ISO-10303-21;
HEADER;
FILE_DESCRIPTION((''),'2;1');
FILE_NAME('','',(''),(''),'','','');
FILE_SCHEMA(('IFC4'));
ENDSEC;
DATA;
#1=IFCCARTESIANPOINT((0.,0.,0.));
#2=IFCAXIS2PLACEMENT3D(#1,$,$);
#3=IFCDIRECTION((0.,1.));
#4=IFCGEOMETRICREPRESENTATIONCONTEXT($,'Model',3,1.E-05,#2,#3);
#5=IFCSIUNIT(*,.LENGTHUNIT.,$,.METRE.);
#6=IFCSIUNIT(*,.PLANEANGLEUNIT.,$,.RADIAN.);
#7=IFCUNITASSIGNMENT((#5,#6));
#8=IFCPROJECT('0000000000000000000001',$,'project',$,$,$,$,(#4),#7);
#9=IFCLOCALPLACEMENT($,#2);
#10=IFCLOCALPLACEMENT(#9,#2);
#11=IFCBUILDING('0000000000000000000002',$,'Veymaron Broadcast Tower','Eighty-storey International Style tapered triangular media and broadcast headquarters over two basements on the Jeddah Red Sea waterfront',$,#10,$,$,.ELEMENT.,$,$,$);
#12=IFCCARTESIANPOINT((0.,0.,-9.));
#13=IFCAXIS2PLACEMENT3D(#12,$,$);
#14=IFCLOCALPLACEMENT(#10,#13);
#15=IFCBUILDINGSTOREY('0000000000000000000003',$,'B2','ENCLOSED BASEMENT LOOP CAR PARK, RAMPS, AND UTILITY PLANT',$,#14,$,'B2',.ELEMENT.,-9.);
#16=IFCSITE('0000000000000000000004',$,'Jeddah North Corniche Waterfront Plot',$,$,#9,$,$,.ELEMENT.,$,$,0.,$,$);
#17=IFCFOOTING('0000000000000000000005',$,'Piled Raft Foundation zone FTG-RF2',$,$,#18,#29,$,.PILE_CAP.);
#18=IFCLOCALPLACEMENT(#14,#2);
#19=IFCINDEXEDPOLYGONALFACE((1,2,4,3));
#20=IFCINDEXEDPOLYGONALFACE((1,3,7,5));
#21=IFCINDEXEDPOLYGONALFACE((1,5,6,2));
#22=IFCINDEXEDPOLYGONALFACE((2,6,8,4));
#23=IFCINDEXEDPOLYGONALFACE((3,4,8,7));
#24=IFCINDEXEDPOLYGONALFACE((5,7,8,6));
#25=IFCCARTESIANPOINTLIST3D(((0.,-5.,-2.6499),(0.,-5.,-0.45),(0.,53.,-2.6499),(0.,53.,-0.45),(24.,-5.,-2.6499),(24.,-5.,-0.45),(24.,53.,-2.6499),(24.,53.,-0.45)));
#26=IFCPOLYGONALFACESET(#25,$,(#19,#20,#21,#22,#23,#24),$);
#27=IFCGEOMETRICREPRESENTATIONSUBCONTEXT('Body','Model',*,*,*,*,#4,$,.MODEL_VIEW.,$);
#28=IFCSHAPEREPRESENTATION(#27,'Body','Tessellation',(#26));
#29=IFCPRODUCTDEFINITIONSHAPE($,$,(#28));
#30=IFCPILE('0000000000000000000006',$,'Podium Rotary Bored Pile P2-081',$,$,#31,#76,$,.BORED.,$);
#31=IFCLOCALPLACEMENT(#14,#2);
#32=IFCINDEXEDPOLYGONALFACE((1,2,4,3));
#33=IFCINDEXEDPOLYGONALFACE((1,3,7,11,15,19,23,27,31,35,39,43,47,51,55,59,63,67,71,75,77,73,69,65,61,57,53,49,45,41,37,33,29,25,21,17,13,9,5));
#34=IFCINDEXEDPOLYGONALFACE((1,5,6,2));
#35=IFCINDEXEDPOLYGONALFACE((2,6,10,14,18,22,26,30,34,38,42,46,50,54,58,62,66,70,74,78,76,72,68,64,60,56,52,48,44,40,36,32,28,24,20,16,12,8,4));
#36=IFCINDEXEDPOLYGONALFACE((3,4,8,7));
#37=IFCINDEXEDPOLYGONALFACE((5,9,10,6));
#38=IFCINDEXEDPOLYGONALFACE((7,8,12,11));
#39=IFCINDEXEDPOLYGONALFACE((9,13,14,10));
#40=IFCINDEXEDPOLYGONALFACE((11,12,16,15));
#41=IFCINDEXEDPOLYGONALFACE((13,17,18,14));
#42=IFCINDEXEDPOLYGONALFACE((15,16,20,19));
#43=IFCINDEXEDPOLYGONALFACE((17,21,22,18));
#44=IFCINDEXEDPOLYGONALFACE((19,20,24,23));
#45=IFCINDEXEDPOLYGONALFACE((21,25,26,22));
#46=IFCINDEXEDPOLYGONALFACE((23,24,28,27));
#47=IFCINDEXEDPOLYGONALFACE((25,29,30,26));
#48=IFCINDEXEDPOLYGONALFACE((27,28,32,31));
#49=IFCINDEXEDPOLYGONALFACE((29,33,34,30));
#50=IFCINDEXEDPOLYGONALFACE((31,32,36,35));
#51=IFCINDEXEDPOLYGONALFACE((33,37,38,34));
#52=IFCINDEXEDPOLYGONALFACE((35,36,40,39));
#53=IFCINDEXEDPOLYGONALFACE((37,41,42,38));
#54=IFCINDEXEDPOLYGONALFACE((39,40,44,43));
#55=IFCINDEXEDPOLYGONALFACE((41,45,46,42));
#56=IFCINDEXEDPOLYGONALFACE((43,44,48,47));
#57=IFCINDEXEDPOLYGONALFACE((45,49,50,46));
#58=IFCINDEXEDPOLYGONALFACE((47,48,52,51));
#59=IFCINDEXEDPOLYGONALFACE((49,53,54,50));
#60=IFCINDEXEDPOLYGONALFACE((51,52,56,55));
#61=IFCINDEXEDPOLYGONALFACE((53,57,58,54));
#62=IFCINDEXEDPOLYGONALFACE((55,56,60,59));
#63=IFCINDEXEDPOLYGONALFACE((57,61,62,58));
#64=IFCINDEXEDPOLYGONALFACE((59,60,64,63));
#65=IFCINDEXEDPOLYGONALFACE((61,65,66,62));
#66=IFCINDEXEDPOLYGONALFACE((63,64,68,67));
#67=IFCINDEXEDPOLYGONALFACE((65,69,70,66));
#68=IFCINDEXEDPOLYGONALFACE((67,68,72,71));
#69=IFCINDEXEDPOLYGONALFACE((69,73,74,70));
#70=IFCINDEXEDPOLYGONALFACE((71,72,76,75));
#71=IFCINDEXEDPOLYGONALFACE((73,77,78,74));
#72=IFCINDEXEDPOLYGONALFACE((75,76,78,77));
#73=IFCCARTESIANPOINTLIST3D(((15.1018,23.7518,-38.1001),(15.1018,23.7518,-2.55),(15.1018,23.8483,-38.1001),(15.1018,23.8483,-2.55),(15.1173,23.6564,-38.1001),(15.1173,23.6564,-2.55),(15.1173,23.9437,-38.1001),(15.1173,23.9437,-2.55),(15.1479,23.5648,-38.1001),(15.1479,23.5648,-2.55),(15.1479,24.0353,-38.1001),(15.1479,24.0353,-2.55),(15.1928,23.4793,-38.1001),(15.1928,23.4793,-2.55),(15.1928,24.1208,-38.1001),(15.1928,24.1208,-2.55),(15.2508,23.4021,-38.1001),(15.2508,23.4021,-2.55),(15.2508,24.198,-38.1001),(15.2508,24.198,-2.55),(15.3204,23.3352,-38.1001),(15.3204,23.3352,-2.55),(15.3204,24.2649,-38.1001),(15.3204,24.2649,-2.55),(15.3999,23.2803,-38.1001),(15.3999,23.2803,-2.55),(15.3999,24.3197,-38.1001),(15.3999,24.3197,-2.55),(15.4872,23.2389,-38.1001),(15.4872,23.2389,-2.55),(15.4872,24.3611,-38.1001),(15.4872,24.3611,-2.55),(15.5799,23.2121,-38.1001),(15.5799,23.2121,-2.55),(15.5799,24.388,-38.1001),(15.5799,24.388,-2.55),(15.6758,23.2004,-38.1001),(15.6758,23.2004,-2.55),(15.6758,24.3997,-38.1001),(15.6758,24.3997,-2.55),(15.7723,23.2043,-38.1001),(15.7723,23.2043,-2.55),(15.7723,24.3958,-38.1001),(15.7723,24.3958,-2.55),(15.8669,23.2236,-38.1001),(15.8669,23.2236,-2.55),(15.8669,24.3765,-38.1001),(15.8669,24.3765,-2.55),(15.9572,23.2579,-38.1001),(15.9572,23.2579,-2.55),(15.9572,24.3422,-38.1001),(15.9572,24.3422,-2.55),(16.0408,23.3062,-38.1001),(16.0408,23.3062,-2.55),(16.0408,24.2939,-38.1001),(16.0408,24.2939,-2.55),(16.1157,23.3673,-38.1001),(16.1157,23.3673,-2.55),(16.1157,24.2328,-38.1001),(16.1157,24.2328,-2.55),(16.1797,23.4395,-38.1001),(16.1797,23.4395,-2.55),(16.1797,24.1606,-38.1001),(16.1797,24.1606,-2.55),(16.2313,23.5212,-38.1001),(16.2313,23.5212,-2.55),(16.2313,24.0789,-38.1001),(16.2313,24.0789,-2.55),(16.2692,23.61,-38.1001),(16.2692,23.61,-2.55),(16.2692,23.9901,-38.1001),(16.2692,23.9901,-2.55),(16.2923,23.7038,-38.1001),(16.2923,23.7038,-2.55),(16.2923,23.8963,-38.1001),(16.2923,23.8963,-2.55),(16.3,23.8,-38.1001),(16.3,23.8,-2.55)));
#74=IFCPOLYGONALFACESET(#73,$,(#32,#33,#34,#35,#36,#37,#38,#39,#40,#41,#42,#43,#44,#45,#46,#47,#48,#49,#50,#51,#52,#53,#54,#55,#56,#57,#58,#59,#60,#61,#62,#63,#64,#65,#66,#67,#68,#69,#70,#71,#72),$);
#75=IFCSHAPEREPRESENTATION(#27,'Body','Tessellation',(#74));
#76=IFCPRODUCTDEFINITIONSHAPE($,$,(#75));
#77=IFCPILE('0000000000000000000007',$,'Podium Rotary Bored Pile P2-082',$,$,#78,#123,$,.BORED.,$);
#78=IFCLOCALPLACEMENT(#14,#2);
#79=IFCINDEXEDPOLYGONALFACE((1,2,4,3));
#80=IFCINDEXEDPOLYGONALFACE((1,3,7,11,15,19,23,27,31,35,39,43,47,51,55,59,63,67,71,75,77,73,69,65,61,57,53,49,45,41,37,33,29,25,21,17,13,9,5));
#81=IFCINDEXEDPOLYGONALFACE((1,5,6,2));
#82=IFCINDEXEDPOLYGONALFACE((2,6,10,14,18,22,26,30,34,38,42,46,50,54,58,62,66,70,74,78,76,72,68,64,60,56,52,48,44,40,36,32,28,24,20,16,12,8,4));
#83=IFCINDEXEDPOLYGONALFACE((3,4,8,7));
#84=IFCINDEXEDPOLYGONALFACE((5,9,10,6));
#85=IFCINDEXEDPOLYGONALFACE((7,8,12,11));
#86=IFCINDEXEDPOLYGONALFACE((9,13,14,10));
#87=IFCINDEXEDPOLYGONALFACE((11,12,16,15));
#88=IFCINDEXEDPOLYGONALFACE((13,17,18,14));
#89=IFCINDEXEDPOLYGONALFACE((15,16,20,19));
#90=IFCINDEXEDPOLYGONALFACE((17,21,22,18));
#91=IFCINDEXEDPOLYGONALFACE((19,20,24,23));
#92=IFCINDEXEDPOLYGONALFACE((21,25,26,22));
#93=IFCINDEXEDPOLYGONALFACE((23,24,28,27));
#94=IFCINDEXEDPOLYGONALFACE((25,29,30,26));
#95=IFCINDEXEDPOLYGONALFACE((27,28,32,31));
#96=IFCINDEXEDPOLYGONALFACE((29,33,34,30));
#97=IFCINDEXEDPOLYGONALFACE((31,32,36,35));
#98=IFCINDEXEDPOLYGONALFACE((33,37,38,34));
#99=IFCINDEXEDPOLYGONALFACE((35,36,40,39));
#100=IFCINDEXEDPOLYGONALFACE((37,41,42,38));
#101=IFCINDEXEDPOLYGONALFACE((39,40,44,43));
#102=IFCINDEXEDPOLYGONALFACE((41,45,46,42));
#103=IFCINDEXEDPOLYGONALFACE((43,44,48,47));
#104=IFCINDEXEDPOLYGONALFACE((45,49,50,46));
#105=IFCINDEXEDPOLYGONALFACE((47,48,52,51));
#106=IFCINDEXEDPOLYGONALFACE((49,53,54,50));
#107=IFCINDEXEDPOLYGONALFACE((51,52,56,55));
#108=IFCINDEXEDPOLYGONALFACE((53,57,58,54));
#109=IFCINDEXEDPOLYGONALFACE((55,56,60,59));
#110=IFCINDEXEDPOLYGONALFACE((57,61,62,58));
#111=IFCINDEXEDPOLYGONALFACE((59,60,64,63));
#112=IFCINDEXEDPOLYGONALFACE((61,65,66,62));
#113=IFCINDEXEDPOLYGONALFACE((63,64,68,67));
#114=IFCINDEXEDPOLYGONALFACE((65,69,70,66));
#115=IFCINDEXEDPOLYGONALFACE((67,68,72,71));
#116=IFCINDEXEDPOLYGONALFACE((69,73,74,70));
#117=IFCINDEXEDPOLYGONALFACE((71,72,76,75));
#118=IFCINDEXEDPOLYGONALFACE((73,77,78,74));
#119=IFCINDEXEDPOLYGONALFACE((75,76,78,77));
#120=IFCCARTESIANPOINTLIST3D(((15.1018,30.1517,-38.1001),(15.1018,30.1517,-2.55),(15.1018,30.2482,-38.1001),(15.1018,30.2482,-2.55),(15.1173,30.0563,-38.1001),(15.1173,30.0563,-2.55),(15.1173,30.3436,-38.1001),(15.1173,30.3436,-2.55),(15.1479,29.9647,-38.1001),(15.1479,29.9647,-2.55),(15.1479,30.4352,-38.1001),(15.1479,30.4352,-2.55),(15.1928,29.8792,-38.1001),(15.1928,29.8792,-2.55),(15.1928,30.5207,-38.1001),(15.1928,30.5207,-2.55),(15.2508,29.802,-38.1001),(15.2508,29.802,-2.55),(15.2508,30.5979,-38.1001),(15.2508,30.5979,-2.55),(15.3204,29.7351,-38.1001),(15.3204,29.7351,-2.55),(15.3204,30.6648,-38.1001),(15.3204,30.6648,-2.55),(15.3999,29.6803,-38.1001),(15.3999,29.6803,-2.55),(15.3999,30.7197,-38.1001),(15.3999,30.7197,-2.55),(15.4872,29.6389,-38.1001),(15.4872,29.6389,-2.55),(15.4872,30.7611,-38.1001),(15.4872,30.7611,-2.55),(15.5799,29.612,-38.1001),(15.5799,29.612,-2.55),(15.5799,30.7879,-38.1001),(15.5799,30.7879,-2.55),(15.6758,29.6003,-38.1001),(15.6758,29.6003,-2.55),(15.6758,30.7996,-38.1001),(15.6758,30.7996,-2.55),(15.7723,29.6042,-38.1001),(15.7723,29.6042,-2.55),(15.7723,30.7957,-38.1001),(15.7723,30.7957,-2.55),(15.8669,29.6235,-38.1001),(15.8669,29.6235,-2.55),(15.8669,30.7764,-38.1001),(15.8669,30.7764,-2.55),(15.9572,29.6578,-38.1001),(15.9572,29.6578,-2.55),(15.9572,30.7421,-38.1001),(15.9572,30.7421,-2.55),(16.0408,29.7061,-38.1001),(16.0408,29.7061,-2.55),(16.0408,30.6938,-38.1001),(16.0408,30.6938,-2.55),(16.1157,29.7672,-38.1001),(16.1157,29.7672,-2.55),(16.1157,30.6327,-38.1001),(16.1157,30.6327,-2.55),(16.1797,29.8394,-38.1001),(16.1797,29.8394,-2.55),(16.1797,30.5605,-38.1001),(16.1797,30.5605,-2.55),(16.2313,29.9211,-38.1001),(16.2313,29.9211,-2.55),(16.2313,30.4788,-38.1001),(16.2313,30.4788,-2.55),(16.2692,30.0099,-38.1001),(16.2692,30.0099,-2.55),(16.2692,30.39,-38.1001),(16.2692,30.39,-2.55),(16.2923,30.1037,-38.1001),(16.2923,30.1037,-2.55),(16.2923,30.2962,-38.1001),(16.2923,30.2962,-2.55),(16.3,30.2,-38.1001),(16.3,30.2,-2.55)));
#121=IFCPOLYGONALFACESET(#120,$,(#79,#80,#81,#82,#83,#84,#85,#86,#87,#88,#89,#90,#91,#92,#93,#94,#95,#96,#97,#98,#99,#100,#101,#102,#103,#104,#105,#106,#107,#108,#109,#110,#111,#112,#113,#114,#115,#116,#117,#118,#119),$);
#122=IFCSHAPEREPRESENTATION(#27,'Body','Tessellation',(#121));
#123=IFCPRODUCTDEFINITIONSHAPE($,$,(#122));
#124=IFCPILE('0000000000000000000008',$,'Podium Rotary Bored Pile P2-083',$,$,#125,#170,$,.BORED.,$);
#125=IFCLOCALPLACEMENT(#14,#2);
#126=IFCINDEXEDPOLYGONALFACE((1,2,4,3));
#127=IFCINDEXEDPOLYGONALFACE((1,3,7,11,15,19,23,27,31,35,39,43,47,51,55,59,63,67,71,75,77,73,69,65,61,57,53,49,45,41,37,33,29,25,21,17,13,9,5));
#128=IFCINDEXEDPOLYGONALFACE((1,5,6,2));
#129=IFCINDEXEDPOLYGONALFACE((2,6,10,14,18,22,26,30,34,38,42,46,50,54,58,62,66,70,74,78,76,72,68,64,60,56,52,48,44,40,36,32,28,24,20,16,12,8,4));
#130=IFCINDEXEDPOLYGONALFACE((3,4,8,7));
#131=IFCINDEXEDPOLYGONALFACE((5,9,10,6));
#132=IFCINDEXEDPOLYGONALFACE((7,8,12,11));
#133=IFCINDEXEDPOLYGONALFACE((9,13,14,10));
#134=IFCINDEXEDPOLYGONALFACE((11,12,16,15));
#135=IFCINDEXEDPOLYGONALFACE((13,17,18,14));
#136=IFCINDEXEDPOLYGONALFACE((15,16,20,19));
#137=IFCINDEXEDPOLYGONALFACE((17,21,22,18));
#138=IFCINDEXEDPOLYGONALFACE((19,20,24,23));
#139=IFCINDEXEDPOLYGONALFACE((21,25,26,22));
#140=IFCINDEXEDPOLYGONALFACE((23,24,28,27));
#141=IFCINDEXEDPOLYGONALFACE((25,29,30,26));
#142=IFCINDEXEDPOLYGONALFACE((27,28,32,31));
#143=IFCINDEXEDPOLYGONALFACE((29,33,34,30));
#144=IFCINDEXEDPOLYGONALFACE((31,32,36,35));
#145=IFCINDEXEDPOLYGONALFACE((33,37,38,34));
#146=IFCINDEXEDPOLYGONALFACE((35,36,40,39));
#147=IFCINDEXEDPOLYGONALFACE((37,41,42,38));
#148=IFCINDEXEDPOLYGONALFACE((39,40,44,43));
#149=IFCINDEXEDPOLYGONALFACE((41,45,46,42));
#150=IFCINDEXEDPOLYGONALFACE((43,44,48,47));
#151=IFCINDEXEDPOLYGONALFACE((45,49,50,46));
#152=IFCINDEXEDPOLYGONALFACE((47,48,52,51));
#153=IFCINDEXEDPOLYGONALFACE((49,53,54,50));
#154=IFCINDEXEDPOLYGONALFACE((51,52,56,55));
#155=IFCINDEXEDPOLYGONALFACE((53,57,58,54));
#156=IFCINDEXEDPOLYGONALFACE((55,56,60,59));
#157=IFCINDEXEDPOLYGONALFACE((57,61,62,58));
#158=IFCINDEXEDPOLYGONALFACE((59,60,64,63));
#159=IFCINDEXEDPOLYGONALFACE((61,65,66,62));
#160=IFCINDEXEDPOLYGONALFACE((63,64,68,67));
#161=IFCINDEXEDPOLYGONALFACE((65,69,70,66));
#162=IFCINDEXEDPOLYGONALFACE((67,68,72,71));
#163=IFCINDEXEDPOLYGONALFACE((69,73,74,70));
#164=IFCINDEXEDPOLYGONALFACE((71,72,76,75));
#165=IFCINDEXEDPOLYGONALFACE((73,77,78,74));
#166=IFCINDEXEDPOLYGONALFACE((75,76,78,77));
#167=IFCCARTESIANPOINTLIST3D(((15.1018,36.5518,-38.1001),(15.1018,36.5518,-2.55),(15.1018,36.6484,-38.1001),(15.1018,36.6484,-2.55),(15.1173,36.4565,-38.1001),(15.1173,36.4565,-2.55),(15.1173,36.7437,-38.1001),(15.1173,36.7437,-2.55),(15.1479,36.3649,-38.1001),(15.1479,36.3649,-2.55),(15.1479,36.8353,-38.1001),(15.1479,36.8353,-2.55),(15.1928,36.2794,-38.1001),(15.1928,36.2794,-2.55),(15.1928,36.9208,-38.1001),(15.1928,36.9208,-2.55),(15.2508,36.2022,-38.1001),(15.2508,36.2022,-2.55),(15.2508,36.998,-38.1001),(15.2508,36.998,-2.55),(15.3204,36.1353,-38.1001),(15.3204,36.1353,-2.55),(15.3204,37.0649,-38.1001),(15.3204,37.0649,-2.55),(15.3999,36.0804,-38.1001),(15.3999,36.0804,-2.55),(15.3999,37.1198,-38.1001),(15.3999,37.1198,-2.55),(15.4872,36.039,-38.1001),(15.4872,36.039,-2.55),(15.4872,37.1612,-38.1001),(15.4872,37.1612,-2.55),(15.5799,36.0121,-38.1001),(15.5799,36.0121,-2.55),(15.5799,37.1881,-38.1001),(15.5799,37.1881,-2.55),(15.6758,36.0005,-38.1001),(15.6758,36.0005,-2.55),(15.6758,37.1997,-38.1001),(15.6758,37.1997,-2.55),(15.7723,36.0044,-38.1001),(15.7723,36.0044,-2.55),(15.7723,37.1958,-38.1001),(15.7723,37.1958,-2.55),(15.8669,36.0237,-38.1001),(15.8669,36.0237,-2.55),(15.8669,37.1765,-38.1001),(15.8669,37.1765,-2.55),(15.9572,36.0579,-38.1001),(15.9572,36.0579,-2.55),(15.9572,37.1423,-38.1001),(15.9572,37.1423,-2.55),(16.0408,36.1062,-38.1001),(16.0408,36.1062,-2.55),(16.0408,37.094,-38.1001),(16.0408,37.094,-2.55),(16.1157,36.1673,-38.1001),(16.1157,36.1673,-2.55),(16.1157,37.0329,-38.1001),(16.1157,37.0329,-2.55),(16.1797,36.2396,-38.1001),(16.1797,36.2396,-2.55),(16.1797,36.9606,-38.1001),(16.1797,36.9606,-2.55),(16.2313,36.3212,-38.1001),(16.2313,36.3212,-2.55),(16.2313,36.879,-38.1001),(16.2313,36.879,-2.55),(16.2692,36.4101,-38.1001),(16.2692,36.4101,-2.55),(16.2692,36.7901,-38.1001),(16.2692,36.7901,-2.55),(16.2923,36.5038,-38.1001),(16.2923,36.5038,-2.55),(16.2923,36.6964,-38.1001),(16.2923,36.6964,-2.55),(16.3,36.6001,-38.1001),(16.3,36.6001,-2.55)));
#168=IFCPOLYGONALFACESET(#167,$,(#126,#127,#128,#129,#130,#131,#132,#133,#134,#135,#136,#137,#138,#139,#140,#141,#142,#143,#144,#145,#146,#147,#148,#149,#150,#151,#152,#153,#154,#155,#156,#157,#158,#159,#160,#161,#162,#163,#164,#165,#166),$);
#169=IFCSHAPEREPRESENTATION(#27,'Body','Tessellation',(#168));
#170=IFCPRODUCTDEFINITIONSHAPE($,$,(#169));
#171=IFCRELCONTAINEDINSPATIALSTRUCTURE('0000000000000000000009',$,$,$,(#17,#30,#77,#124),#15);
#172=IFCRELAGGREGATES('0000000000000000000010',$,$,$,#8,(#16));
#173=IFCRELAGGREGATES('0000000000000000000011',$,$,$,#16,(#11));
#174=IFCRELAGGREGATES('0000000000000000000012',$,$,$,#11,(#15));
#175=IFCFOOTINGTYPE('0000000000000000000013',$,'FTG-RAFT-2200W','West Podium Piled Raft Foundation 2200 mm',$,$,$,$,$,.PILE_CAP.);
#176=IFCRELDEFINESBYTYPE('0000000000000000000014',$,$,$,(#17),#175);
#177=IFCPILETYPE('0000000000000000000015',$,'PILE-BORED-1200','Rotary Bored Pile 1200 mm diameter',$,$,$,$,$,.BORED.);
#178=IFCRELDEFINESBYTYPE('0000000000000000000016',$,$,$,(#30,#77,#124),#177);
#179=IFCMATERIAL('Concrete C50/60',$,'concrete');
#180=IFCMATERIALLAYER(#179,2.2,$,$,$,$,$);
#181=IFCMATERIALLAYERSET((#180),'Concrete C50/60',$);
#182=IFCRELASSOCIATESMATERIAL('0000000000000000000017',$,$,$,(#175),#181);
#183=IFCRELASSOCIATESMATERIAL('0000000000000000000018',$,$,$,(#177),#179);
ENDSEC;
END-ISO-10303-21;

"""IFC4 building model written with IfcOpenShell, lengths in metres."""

from ifc_helpers import new_model, si_unit, direction, frame, origin, origin_2d, place, context, subcontext, project, spatial, rectangle, circle, extrude, material, layer, layer_set, material_profile, profile_set, type_object, element, save


model = new_model("IFC4")

# Units and contexts
model_context = context("Model", 3, precision=1e-05, world=origin(), true_north=direction((0.0, 1.0)))
body_context = subcontext(model_context, "Body", "Model", "MODEL_VIEW")
ifc_project = project(units=[si_unit("LENGTHUNIT", "METRE"), si_unit("PLANEANGLEUNIT", "RADIAN")], contexts=[model_context])

# Site, building, storey
site_placement = place(None, origin())
site = spatial("IfcSite", under=ifc_project, at=site_placement, Name="Jeddah North Corniche Waterfront Plot", CompositionType="ELEMENT", RefElevation=0.0)
building_placement = place(site_placement, origin())
building = spatial("IfcBuilding", under=site, at=building_placement, Name="Veymaron Broadcast Tower", Description="Eighty-storey International Style tapered triangular media and broadcast headquarters over two basements on the Jeddah Red Sea waterfront", CompositionType="ELEMENT")
storey_placement = place(building_placement, frame((0.0, 0.0, -9.0)))
storey = spatial("IfcBuildingStorey", under=building, at=storey_placement, Name="B2", Description="ENCLOSED BASEMENT LOOP CAR PARK, RAMPS, AND UTILITY PLANT", LongName="B2", CompositionType="ELEMENT", Elevation=-9.0)

# Footing
ifc_material_1 = material(Name="Concrete C50/60", Category="concrete")
ifc_layer = layer(ifc_material_1, 2.2)
ifc_layer_set = layer_set([ifc_layer], Name="Concrete C50/60")
footing_type = type_object("IfcFootingType", Name="FTG-RAFT-2200W", Description="West Podium Piled Raft Foundation 2200 mm", PredefinedType="PILE_CAP", material=ifc_layer_set)
footing_placement = place(storey_placement, frame((12.0, 24.0, -2.6499), z_axis=(0.0, 0.0, 1.0), x_axis=(1.0, 0.0, 0.0)))
element("IfcFooting", 1, at=footing_placement, inside=storey, type_object=footing_type, Name="Piled Raft Foundation zone FTG-RF2", PredefinedType="PILE_CAP", context=body_context, shape_type="SweptSolid", body=[
    extrude(rectangle(XDim=24.0, YDim=58.0, at=origin_2d()), origin(), (0.0, 0.0, 1.0), 2.2),
])

# Piles
ifc_material_profile_1 = material_profile(ifc_material_1, circle(Radius=0.6001, at=origin_2d()), Name="PILE1200")
ifc_profile_set_1 = profile_set([ifc_material_profile_1], Name="Concrete C50/60")
pile_type_1 = type_object("IfcPileType", Name="PILE-BORED-1200", Description="Rotary Bored Pile 1200 mm diameter", PredefinedType="BORED", material=ifc_profile_set_1)
for number, where, z_axis, x_axis, name in (
    (2, (15.7, 23.8, -2.55), (0.0, 0.0, -1.0), (1.0, 0.0, 0.0), "Podium Rotary Bored Pile P2-081"),
    (3, (15.7, 30.2, -2.55), (0.0, 0.0, -1.0), (1.0, 0.0, 0.0), "Podium Rotary Bored Pile P2-082"),
    (4, (15.7, 36.6001, -2.55), (0.0, 0.0, -1.0), (1.0, 0.0, 0.0), "Podium Rotary Bored Pile P2-083"),
):
    element("IfcPile", number, at=place(storey_placement, frame(where, z_axis=z_axis, x_axis=x_axis)), inside=storey, type_object=pile_type_1, Name=name, PredefinedType="BORED", context=body_context, shape_type="SweptSolid", body=[
        extrude(circle(Radius=0.6001, at=origin_2d()), origin(), (0.0, 0.0, 1.0), 35.55),
    ])

save(model, "model.ifc")
